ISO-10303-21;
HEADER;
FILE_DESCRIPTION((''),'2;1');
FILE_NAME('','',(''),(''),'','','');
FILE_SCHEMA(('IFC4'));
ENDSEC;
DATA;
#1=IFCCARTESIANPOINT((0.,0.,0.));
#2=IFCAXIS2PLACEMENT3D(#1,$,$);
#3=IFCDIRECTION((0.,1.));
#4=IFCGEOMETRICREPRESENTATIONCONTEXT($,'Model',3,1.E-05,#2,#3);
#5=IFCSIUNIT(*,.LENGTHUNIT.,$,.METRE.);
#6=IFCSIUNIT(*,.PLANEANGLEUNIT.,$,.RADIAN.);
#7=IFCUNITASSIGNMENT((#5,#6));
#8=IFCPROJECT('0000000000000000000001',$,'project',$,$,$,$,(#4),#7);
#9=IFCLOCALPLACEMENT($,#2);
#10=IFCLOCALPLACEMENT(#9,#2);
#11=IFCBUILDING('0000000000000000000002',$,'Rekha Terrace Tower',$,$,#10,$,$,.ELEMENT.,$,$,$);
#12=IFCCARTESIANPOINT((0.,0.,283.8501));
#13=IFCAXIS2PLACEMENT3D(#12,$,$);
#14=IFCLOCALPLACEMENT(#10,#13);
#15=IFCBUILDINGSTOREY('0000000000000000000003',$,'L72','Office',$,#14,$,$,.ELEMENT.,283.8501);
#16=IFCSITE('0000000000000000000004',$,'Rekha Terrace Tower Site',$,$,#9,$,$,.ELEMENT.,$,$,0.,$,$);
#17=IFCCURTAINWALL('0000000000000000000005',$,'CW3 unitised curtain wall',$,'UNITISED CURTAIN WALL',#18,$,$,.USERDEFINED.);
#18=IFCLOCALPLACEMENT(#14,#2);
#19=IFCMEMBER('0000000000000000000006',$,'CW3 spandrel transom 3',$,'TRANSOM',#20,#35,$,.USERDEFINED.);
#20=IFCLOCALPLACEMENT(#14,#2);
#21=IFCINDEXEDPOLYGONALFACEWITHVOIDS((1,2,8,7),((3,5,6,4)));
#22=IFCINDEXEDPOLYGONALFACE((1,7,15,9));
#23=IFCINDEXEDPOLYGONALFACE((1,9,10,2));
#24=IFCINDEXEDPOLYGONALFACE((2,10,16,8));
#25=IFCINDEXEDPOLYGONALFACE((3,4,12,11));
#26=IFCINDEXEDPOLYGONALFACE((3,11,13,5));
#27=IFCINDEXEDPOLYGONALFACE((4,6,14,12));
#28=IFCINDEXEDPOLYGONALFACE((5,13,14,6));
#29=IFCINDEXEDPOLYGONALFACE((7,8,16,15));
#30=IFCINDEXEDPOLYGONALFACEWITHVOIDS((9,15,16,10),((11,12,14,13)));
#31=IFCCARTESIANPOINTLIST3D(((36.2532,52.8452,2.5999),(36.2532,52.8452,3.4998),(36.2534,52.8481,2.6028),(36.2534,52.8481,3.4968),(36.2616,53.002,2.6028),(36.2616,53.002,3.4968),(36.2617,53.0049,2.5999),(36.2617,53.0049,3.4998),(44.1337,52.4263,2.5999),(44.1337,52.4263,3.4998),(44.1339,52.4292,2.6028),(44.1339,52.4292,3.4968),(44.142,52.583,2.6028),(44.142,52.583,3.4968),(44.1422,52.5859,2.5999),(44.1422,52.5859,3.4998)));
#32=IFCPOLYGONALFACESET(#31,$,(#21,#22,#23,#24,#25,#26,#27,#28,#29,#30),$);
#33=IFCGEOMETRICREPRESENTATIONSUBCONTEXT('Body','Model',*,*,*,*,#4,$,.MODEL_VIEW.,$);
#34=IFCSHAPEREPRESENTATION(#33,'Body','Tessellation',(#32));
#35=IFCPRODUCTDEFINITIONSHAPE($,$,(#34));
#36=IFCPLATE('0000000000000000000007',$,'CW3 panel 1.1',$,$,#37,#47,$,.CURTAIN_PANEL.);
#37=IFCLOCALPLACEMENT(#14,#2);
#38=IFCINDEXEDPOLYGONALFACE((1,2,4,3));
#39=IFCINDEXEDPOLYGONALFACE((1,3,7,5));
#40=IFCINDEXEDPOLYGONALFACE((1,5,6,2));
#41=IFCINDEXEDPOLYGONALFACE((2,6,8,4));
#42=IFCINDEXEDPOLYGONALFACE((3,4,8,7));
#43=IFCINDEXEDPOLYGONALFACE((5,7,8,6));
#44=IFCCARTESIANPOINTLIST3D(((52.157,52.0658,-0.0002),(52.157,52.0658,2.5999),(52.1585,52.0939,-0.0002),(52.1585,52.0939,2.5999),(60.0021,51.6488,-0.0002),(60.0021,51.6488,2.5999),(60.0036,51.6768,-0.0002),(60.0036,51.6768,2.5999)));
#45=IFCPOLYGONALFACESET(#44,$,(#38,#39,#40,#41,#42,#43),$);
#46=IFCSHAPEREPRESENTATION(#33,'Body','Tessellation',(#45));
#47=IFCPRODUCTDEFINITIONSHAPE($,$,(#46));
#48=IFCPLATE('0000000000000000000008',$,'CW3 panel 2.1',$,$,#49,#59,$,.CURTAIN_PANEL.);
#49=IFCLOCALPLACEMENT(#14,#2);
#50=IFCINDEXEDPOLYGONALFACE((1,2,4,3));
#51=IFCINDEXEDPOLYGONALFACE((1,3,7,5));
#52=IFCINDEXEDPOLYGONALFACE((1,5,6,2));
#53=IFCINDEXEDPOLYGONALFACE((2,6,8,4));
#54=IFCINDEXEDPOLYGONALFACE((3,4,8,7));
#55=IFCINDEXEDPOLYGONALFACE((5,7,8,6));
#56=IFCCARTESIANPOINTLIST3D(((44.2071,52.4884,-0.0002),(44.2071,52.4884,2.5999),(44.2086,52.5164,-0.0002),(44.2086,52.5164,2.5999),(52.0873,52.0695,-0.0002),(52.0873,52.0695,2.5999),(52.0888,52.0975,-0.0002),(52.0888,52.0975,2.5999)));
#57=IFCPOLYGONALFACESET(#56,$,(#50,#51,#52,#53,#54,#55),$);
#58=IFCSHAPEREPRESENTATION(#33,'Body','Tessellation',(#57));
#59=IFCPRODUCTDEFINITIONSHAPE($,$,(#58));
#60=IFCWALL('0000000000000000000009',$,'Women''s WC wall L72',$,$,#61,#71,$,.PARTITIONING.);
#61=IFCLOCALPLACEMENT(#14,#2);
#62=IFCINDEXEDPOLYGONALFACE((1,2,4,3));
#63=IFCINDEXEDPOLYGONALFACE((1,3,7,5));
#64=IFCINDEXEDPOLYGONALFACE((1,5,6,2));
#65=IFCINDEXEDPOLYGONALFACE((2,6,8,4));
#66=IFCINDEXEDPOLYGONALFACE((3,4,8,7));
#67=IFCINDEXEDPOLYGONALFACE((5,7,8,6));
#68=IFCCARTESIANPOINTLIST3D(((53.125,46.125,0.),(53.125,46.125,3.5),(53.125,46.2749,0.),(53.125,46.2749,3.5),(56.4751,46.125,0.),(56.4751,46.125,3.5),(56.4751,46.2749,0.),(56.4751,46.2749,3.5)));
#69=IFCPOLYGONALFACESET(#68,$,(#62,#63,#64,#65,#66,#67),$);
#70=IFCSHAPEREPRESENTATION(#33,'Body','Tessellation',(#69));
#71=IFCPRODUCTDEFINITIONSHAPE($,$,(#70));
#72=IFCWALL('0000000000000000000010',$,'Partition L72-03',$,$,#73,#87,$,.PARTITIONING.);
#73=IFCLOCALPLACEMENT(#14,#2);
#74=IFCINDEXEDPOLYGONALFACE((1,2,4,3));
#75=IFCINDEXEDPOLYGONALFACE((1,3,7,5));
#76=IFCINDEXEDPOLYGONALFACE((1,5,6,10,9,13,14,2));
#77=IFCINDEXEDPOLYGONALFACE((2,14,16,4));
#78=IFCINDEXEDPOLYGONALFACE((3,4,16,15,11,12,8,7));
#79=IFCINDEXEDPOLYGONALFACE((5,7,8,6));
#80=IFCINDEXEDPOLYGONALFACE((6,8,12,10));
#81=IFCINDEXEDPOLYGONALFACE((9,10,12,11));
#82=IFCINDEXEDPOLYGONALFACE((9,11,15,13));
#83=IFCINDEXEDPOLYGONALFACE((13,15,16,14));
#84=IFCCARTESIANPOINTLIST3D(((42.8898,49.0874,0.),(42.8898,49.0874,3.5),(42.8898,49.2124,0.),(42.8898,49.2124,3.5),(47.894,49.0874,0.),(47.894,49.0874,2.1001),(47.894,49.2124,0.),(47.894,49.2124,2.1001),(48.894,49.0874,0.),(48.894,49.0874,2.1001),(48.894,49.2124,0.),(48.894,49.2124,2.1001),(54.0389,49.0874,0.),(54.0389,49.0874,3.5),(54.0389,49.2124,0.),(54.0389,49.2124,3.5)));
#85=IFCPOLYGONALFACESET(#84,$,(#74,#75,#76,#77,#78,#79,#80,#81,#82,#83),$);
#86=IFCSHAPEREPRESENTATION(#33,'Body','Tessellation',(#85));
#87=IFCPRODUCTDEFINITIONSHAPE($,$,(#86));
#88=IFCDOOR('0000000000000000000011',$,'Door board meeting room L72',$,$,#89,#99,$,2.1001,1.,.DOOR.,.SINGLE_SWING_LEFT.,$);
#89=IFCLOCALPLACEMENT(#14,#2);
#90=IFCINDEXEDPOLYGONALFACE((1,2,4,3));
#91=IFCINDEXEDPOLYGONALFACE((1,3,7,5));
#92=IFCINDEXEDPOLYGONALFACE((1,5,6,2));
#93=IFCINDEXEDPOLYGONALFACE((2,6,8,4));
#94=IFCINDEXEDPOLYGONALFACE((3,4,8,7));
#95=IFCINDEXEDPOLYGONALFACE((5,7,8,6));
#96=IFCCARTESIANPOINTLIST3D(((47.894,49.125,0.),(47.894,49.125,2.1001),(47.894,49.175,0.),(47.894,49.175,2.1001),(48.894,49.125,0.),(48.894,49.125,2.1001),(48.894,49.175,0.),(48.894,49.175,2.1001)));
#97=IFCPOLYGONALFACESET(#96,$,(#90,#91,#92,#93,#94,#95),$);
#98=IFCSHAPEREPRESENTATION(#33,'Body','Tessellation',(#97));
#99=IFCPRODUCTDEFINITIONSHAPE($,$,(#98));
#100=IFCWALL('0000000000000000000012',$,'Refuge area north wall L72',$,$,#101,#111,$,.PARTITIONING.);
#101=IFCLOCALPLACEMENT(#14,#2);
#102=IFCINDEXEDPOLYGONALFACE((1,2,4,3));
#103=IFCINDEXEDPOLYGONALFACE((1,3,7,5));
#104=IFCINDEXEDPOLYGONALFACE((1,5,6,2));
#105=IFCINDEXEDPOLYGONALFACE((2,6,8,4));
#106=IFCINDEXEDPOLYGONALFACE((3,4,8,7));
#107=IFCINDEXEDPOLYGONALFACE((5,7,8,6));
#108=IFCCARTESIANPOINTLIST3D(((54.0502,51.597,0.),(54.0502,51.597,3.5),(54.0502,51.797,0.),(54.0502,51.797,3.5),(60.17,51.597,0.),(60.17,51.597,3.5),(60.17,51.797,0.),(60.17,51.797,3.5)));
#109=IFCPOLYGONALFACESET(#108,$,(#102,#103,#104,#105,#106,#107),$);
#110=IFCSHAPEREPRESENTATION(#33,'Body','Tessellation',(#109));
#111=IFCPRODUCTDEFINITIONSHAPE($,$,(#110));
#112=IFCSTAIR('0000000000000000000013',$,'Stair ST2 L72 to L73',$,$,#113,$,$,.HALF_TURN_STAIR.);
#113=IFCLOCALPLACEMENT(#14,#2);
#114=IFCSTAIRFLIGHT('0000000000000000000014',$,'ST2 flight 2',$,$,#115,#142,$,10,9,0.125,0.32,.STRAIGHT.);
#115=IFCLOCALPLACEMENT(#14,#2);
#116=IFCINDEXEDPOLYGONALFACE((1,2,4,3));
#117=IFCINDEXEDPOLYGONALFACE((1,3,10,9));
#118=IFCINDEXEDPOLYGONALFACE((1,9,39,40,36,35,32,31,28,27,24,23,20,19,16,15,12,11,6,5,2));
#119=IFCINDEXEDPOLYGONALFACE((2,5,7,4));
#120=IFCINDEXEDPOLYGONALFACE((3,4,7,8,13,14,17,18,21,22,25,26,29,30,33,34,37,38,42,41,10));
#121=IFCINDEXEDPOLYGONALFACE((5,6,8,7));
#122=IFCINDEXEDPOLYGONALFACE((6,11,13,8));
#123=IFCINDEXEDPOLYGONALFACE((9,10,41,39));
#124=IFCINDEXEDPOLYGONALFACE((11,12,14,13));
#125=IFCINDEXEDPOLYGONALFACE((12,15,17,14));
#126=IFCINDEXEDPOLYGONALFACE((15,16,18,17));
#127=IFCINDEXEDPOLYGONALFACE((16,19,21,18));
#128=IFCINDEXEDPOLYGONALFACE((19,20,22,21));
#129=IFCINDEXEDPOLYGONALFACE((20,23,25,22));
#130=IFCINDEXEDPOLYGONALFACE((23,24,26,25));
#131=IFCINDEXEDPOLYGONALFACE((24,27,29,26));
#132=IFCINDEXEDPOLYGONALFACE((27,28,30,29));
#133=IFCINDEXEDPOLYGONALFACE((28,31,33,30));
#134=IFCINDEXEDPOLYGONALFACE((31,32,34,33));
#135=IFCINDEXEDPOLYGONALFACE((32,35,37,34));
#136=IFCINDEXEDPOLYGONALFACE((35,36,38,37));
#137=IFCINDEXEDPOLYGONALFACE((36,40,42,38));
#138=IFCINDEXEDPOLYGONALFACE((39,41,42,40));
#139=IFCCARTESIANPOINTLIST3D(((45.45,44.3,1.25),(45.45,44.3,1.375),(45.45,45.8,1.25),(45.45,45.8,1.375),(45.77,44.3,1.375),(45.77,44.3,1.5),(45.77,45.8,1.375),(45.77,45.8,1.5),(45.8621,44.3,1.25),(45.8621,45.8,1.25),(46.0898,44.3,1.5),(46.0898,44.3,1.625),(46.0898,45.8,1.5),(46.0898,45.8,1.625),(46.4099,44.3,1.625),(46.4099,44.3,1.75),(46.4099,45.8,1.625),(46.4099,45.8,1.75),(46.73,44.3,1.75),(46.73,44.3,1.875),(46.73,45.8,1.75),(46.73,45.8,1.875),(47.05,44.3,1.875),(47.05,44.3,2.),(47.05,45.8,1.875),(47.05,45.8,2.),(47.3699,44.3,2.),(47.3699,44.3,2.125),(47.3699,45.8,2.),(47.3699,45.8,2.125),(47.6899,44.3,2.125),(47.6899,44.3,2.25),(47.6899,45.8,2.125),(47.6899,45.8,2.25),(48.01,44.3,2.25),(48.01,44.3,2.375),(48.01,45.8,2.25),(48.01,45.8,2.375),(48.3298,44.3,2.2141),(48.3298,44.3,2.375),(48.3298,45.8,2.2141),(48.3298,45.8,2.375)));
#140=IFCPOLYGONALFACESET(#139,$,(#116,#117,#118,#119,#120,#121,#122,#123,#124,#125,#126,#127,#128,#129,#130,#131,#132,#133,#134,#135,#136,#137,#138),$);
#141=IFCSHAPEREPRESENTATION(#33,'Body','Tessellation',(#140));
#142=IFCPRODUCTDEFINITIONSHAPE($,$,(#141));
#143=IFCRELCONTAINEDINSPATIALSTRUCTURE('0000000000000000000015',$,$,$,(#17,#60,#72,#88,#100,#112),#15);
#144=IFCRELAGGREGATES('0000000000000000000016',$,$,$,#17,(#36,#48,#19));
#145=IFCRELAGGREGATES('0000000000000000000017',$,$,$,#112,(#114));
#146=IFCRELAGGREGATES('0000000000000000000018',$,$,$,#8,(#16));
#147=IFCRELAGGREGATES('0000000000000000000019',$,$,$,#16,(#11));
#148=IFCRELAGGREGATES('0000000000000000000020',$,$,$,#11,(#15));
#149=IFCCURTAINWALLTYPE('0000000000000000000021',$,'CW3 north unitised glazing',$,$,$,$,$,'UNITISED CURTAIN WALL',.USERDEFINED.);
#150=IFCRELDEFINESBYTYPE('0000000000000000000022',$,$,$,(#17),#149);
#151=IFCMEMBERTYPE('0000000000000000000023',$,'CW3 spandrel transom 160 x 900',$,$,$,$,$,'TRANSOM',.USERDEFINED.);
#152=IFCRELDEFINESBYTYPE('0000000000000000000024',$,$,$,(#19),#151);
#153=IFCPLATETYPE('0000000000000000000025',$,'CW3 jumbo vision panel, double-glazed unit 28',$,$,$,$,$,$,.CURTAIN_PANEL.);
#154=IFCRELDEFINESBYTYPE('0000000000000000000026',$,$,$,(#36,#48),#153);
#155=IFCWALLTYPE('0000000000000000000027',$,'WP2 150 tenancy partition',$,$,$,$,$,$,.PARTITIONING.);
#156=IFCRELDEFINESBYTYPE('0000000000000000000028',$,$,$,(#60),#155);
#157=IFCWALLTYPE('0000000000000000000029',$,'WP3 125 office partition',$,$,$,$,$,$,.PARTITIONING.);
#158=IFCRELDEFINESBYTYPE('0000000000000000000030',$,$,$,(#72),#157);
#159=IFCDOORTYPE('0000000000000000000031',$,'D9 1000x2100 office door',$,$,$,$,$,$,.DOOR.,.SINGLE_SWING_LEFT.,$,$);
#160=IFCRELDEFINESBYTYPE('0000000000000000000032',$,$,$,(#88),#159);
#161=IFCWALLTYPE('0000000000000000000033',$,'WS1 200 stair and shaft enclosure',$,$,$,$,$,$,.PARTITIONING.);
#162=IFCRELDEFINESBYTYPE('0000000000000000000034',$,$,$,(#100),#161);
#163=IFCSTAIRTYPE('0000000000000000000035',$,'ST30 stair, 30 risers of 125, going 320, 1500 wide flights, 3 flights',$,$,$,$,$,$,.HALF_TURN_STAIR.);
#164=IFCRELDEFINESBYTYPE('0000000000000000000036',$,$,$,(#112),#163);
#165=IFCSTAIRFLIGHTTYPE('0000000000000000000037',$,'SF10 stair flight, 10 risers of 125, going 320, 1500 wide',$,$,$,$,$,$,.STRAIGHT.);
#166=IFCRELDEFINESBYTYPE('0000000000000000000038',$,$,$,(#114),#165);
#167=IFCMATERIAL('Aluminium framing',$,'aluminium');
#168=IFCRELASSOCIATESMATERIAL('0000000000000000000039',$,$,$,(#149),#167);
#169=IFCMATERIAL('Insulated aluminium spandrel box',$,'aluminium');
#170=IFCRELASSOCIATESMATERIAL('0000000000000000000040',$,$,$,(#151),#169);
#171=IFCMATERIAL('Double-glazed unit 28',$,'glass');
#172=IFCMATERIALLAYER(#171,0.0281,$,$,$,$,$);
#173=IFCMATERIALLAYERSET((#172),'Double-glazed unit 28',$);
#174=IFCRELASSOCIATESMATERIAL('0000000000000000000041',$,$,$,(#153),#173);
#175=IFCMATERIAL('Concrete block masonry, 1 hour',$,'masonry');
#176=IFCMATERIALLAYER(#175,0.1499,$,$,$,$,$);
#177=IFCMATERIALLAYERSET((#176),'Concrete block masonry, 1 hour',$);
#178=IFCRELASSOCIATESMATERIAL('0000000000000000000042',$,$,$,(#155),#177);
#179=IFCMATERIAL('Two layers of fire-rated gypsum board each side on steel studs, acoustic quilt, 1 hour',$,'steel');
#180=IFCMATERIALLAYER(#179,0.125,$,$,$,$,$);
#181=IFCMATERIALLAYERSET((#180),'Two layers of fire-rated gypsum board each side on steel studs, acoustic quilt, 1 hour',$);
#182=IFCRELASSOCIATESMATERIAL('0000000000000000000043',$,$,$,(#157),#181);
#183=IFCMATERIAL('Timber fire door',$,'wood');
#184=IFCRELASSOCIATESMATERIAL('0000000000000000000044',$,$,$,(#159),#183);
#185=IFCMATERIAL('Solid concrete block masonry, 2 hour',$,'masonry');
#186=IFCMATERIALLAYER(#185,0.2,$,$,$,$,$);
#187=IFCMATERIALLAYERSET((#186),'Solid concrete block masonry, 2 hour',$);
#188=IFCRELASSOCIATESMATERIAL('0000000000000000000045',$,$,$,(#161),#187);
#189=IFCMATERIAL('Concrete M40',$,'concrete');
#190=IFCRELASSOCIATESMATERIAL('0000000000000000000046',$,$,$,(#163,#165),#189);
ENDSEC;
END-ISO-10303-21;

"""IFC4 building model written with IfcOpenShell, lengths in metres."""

from ifc_helpers import new_model, si_unit, direction, frame, frame_2d, origin, origin_2d, place, context, subcontext, project, spatial, polyline, rectangle, hollow_rectangle, outline, extrude, material, layer, layer_set, material_profile, profile_set, type_object, element, fill, aggregate, save


model = new_model("IFC4")

# Units and contexts
model_context = context("Model", 3, precision=1e-05, world=origin(), true_north=direction((0.0, 1.0)))
body_context = subcontext(model_context, "Body", "Model", "MODEL_VIEW")
ifc_project = project(units=[si_unit("LENGTHUNIT", "METRE"), si_unit("PLANEANGLEUNIT", "RADIAN")], contexts=[model_context])

# Site, building, storey
site_placement = place(None, origin())
site = spatial("IfcSite", under=ifc_project, at=site_placement, Name="Rekha Terrace Tower Site", CompositionType="ELEMENT", RefElevation=0.0)
building_placement = place(site_placement, origin())
building = spatial("IfcBuilding", under=site, at=building_placement, Name="Rekha Terrace Tower", CompositionType="ELEMENT")
storey_placement = place(building_placement, frame((0.0, 0.0, 283.8501)))
storey = spatial("IfcBuildingStorey", under=building, at=storey_placement, Name="L72", Description="Office", CompositionType="ELEMENT", Elevation=283.8501)

# Curtain wall, member, plates
ifc_material_1 = material(Name="Aluminium framing", Category="aluminium")
curtain_wall_type = type_object("IfcCurtainWallType", Name="CW3 north unitised glazing", ElementType="UNITISED CURTAIN WALL", PredefinedType="USERDEFINED", material=ifc_material_1)
curtain_wall_placement = place(storey_placement, origin())
curtain_wall = element("IfcCurtainWall", 1, at=curtain_wall_placement, inside=storey, type_object=curtain_wall_type, Name="CW3 unitised curtain wall", ObjectType="UNITISED CURTAIN WALL", PredefinedType="USERDEFINED")
ifc_material_2 = material(Name="Insulated aluminium spandrel box", Category="aluminium")
ifc_material_profile_1 = material_profile(ifc_material_2, hollow_rectangle(XDim=0.1599, YDim=0.8999, WallThickness=0.0029, at=origin_2d()), Name="AL SPANDREL BOX 160x900")
ifc_profile_set_1 = profile_set([ifc_material_profile_1], Name="Insulated aluminium spandrel box")
member_type_1 = type_object("IfcMemberType", Name="CW3 spandrel transom 160 x 900", ElementType="TRANSOM", PredefinedType="USERDEFINED", material=ifc_profile_set_1)
member_1_placement = place(storey_placement, frame((44.1379, 52.5061, 3.0498), z_axis=(-0.99859, 0.053088, 0.0), x_axis=(-0.053088, -0.99859, 0.0)))
member_1 = element("IfcMember", 2, at=member_1_placement, type_object=member_type_1, Name="CW3 spandrel transom 3", ObjectType="TRANSOM", PredefinedType="USERDEFINED", context=body_context, shape_type="SweptSolid", body=[
    extrude(hollow_rectangle(XDim=0.1599, YDim=0.8999, WallThickness=0.0029, at=origin_2d()), origin(), (0.0, 0.0, 1.0), 7.8916),
])
ifc_material_3 = material(Name="Double-glazed unit 28", Category="glass")
ifc_layer_1 = layer(ifc_material_3, 0.0281)
ifc_layer_set_1 = layer_set([ifc_layer_1], Name="Double-glazed unit 28")
plate_type = type_object("IfcPlateType", Name="CW3 jumbo vision panel, double-glazed unit 28", PredefinedType="CURTAIN_PANEL", material=ifc_layer_set_1)
plate_1_placement = place(storey_placement, frame((56.0803, 51.8713, -0.0002), z_axis=(0.0, 0.0, 1.0), x_axis=(-0.99859, 0.053083, 0.0)))
plate_1 = element("IfcPlate", 3, at=plate_1_placement, type_object=plate_type, Name="CW3 panel 1.1", PredefinedType="CURTAIN_PANEL", context=body_context, shape_type="SweptSolid", body=[
    extrude(rectangle(XDim=7.8562, YDim=0.0281, at=origin_2d()), origin(), (0.0, 0.0, 1.0), 2.6001),
])
plate_2_placement = place(storey_placement, frame((48.1479, 52.293, -0.0002), z_axis=(0.0, 0.0, 1.0), x_axis=(-0.99859, 0.053083, 0.0)))
plate_2 = element("IfcPlate", 4, at=plate_2_placement, type_object=plate_type, Name="CW3 panel 2.1", PredefinedType="CURTAIN_PANEL", context=body_context, shape_type="SweptSolid", body=[
    extrude(rectangle(XDim=7.8914, YDim=0.0281, at=origin_2d()), origin(), (0.0, 0.0, 1.0), 2.6001),
])
aggregate(curtain_wall, [plate_1, plate_2, member_1])

# Wall
ifc_material_4 = material(Name="Concrete block masonry, 1 hour", Category="masonry")
ifc_layer_2 = layer(ifc_material_4, 0.1499)
ifc_layer_set_2 = layer_set([ifc_layer_2], Name="Concrete block masonry, 1 hour")
wall_type_1 = type_object("IfcWallType", Name="WP2 150 tenancy partition", PredefinedType="PARTITIONING", material=ifc_layer_set_2)
wall_1_placement = place(storey_placement, frame((53.125, 46.2, 0.0), z_axis=(0.0, 0.0, 1.0), x_axis=(1.0, 0.0, 0.0)))
element("IfcWall", 5, at=wall_1_placement, inside=storey, type_object=wall_type_1, Name="Women's WC wall L72", PredefinedType="PARTITIONING", context=body_context, shape_type="SweptSolid", body=[
    extrude(rectangle(XDim=3.3501, YDim=0.1499, at=frame_2d((1.675, 0.0))), origin(), (0.0, 0.0, 1.0), 3.5),
])

# Wall, opening, door
ifc_material_5 = material(Name="Two layers of fire-rated gypsum board each side on steel studs, acoustic quilt, 1 hour", Category="steel")
ifc_layer_3 = layer(ifc_material_5, 0.125)
ifc_layer_set_3 = layer_set([ifc_layer_3], Name="Two layers of fire-rated gypsum board each side on steel studs, acoustic quilt, 1 hour")
wall_type_2 = type_object("IfcWallType", Name="WP3 125 office partition", PredefinedType="PARTITIONING", material=ifc_layer_set_3)
wall_2_placement = place(storey_placement, frame((54.0391, 49.1499, 0.0), z_axis=(0.0, 0.0, 1.0), x_axis=(-1.0, 0.0, 0.0)))
wall_2 = element("IfcWall", 6, at=wall_2_placement, inside=storey, type_object=wall_type_2, Name="Partition L72-03", PredefinedType="PARTITIONING", context=body_context, shape_type="SweptSolid", body=[
    extrude(rectangle(XDim=11.1492, YDim=0.125, at=frame_2d((5.5747, 0.0))), origin(), (0.0, 0.0, 1.0), 3.5),
])
opening_placement = place(wall_2_placement, frame((5.145, 0.0, 0.0)))
opening = element("IfcOpeningElement", 7, at=opening_placement, cuts=wall_2, PredefinedType="OPENING", context=body_context, shape_type="SweptSolid", body=[
    extrude(rectangle(XDim=1.0, YDim=2.1001, at=frame_2d((0.5, 1.05))), frame((0.0, 0.0725, 0.0), z_axis=(0.0, -1.0, 0.0), x_axis=(1.0, 0.0, 0.0)), (0.0, 0.0, 1.0), 0.145),
])
ifc_material_6 = material(Name="Timber fire door", Category="wood")
door_type = type_object("IfcDoorType", Name="D9 1000x2100 office door", OperationType="SINGLE_SWING_LEFT", PredefinedType="DOOR", material=ifc_material_6)
door_placement = place(opening_placement, origin())
door = element("IfcDoor", 8, at=door_placement, inside=storey, type_object=door_type, Name="Door board meeting room L72", OperationType="SINGLE_SWING_LEFT", OverallHeight=2.1001, OverallWidth=1.0, PredefinedType="DOOR", context=body_context, shape_type="SweptSolid", body=[
    extrude(rectangle(XDim=1.0, YDim=2.1001, at=frame_2d((0.5, 1.05))), frame((0.0, 0.0249, 0.0), z_axis=(0.0, -1.0, 0.0), x_axis=(1.0, 0.0, 0.0)), (0.0, 0.0, 1.0), 0.05),
])
fill(opening, door)

# Wall
ifc_material_7 = material(Name="Solid concrete block masonry, 2 hour", Category="masonry")
ifc_layer_4 = layer(ifc_material_7, 0.2)
ifc_layer_set_4 = layer_set([ifc_layer_4], Name="Solid concrete block masonry, 2 hour")
wall_type_3 = type_object("IfcWallType", Name="WS1 200 stair and shaft enclosure", PredefinedType="PARTITIONING", material=ifc_layer_set_4)
wall_3_placement = place(storey_placement, frame((54.05, 51.697, 0.0), z_axis=(0.0, 0.0, 1.0), x_axis=(1.0, 0.0, 0.0)))
element("IfcWall", 9, at=wall_3_placement, inside=storey, type_object=wall_type_3, Name="Refuge area north wall L72", PredefinedType="PARTITIONING", context=body_context, shape_type="SweptSolid", body=[
    extrude(rectangle(XDim=6.1199, YDim=0.2, at=frame_2d((3.0601, 0.0))), origin(), (0.0, 0.0, 1.0), 3.5),
])

# Stair, stair flight
ifc_material_8 = material(Name="Concrete M40", Category="concrete")
stair_type = type_object("IfcStairType", Name="ST30 stair, 30 risers of 125, going 320, 1500 wide flights, 3 flights", PredefinedType="HALF_TURN_STAIR", material=ifc_material_8)
stair_placement = place(storey_placement, origin())
stair = element("IfcStair", 10, at=stair_placement, inside=storey, type_object=stair_type, Name="Stair ST2 L72 to L73", PredefinedType="HALF_TURN_STAIR")
stair_flight_type = type_object("IfcStairFlightType", Name="SF10 stair flight, 10 risers of 125, going 320, 1500 wide", PredefinedType="STRAIGHT", material=ifc_material_8)
stair_flight_placement = place(storey_placement, frame((45.45, 45.05, 1.25), z_axis=(0.0, 0.0, 1.0), x_axis=(1.0, 0.0, 0.0)))
stair_flight = element("IfcStairFlight", 11, at=stair_flight_placement, type_object=stair_flight_type, Name="ST2 flight 2", NumberOfRisers=10, NumberOfTreads=9, PredefinedType="STRAIGHT", RiserHeight=0.125, TreadLength=0.32, context=body_context, shape_type="SweptSolid", body=[
    extrude(outline(polyline([(0.0, 0.0), (0.0, 0.125), (0.3201, 0.125), (0.3201, 0.25), (0.6399, 0.25), (0.6399, 0.375), (0.96, 0.375), (0.96, 0.5), (1.28, 0.5), (1.28, 0.625), (1.6001, 0.625), (1.6001, 0.75), (1.9199, 0.75), (1.9199, 0.875), (2.24, 0.875), (2.24, 1.0), (2.5601, 1.0), (2.5601, 1.125), (2.8799, 1.125), (2.8799, 1.25), (2.8799, 0.9641), (0.4121, 0.0), (0.0, 0.0)])), frame((0.0, 0.75, 0.0), z_axis=(0.0, -1.0, 0.0), x_axis=(1.0, 0.0, 0.0)), (0.0, 0.0, 1.0), 1.5),
])
aggregate(stair, [stair_flight])

save(model, "model.ifc")
